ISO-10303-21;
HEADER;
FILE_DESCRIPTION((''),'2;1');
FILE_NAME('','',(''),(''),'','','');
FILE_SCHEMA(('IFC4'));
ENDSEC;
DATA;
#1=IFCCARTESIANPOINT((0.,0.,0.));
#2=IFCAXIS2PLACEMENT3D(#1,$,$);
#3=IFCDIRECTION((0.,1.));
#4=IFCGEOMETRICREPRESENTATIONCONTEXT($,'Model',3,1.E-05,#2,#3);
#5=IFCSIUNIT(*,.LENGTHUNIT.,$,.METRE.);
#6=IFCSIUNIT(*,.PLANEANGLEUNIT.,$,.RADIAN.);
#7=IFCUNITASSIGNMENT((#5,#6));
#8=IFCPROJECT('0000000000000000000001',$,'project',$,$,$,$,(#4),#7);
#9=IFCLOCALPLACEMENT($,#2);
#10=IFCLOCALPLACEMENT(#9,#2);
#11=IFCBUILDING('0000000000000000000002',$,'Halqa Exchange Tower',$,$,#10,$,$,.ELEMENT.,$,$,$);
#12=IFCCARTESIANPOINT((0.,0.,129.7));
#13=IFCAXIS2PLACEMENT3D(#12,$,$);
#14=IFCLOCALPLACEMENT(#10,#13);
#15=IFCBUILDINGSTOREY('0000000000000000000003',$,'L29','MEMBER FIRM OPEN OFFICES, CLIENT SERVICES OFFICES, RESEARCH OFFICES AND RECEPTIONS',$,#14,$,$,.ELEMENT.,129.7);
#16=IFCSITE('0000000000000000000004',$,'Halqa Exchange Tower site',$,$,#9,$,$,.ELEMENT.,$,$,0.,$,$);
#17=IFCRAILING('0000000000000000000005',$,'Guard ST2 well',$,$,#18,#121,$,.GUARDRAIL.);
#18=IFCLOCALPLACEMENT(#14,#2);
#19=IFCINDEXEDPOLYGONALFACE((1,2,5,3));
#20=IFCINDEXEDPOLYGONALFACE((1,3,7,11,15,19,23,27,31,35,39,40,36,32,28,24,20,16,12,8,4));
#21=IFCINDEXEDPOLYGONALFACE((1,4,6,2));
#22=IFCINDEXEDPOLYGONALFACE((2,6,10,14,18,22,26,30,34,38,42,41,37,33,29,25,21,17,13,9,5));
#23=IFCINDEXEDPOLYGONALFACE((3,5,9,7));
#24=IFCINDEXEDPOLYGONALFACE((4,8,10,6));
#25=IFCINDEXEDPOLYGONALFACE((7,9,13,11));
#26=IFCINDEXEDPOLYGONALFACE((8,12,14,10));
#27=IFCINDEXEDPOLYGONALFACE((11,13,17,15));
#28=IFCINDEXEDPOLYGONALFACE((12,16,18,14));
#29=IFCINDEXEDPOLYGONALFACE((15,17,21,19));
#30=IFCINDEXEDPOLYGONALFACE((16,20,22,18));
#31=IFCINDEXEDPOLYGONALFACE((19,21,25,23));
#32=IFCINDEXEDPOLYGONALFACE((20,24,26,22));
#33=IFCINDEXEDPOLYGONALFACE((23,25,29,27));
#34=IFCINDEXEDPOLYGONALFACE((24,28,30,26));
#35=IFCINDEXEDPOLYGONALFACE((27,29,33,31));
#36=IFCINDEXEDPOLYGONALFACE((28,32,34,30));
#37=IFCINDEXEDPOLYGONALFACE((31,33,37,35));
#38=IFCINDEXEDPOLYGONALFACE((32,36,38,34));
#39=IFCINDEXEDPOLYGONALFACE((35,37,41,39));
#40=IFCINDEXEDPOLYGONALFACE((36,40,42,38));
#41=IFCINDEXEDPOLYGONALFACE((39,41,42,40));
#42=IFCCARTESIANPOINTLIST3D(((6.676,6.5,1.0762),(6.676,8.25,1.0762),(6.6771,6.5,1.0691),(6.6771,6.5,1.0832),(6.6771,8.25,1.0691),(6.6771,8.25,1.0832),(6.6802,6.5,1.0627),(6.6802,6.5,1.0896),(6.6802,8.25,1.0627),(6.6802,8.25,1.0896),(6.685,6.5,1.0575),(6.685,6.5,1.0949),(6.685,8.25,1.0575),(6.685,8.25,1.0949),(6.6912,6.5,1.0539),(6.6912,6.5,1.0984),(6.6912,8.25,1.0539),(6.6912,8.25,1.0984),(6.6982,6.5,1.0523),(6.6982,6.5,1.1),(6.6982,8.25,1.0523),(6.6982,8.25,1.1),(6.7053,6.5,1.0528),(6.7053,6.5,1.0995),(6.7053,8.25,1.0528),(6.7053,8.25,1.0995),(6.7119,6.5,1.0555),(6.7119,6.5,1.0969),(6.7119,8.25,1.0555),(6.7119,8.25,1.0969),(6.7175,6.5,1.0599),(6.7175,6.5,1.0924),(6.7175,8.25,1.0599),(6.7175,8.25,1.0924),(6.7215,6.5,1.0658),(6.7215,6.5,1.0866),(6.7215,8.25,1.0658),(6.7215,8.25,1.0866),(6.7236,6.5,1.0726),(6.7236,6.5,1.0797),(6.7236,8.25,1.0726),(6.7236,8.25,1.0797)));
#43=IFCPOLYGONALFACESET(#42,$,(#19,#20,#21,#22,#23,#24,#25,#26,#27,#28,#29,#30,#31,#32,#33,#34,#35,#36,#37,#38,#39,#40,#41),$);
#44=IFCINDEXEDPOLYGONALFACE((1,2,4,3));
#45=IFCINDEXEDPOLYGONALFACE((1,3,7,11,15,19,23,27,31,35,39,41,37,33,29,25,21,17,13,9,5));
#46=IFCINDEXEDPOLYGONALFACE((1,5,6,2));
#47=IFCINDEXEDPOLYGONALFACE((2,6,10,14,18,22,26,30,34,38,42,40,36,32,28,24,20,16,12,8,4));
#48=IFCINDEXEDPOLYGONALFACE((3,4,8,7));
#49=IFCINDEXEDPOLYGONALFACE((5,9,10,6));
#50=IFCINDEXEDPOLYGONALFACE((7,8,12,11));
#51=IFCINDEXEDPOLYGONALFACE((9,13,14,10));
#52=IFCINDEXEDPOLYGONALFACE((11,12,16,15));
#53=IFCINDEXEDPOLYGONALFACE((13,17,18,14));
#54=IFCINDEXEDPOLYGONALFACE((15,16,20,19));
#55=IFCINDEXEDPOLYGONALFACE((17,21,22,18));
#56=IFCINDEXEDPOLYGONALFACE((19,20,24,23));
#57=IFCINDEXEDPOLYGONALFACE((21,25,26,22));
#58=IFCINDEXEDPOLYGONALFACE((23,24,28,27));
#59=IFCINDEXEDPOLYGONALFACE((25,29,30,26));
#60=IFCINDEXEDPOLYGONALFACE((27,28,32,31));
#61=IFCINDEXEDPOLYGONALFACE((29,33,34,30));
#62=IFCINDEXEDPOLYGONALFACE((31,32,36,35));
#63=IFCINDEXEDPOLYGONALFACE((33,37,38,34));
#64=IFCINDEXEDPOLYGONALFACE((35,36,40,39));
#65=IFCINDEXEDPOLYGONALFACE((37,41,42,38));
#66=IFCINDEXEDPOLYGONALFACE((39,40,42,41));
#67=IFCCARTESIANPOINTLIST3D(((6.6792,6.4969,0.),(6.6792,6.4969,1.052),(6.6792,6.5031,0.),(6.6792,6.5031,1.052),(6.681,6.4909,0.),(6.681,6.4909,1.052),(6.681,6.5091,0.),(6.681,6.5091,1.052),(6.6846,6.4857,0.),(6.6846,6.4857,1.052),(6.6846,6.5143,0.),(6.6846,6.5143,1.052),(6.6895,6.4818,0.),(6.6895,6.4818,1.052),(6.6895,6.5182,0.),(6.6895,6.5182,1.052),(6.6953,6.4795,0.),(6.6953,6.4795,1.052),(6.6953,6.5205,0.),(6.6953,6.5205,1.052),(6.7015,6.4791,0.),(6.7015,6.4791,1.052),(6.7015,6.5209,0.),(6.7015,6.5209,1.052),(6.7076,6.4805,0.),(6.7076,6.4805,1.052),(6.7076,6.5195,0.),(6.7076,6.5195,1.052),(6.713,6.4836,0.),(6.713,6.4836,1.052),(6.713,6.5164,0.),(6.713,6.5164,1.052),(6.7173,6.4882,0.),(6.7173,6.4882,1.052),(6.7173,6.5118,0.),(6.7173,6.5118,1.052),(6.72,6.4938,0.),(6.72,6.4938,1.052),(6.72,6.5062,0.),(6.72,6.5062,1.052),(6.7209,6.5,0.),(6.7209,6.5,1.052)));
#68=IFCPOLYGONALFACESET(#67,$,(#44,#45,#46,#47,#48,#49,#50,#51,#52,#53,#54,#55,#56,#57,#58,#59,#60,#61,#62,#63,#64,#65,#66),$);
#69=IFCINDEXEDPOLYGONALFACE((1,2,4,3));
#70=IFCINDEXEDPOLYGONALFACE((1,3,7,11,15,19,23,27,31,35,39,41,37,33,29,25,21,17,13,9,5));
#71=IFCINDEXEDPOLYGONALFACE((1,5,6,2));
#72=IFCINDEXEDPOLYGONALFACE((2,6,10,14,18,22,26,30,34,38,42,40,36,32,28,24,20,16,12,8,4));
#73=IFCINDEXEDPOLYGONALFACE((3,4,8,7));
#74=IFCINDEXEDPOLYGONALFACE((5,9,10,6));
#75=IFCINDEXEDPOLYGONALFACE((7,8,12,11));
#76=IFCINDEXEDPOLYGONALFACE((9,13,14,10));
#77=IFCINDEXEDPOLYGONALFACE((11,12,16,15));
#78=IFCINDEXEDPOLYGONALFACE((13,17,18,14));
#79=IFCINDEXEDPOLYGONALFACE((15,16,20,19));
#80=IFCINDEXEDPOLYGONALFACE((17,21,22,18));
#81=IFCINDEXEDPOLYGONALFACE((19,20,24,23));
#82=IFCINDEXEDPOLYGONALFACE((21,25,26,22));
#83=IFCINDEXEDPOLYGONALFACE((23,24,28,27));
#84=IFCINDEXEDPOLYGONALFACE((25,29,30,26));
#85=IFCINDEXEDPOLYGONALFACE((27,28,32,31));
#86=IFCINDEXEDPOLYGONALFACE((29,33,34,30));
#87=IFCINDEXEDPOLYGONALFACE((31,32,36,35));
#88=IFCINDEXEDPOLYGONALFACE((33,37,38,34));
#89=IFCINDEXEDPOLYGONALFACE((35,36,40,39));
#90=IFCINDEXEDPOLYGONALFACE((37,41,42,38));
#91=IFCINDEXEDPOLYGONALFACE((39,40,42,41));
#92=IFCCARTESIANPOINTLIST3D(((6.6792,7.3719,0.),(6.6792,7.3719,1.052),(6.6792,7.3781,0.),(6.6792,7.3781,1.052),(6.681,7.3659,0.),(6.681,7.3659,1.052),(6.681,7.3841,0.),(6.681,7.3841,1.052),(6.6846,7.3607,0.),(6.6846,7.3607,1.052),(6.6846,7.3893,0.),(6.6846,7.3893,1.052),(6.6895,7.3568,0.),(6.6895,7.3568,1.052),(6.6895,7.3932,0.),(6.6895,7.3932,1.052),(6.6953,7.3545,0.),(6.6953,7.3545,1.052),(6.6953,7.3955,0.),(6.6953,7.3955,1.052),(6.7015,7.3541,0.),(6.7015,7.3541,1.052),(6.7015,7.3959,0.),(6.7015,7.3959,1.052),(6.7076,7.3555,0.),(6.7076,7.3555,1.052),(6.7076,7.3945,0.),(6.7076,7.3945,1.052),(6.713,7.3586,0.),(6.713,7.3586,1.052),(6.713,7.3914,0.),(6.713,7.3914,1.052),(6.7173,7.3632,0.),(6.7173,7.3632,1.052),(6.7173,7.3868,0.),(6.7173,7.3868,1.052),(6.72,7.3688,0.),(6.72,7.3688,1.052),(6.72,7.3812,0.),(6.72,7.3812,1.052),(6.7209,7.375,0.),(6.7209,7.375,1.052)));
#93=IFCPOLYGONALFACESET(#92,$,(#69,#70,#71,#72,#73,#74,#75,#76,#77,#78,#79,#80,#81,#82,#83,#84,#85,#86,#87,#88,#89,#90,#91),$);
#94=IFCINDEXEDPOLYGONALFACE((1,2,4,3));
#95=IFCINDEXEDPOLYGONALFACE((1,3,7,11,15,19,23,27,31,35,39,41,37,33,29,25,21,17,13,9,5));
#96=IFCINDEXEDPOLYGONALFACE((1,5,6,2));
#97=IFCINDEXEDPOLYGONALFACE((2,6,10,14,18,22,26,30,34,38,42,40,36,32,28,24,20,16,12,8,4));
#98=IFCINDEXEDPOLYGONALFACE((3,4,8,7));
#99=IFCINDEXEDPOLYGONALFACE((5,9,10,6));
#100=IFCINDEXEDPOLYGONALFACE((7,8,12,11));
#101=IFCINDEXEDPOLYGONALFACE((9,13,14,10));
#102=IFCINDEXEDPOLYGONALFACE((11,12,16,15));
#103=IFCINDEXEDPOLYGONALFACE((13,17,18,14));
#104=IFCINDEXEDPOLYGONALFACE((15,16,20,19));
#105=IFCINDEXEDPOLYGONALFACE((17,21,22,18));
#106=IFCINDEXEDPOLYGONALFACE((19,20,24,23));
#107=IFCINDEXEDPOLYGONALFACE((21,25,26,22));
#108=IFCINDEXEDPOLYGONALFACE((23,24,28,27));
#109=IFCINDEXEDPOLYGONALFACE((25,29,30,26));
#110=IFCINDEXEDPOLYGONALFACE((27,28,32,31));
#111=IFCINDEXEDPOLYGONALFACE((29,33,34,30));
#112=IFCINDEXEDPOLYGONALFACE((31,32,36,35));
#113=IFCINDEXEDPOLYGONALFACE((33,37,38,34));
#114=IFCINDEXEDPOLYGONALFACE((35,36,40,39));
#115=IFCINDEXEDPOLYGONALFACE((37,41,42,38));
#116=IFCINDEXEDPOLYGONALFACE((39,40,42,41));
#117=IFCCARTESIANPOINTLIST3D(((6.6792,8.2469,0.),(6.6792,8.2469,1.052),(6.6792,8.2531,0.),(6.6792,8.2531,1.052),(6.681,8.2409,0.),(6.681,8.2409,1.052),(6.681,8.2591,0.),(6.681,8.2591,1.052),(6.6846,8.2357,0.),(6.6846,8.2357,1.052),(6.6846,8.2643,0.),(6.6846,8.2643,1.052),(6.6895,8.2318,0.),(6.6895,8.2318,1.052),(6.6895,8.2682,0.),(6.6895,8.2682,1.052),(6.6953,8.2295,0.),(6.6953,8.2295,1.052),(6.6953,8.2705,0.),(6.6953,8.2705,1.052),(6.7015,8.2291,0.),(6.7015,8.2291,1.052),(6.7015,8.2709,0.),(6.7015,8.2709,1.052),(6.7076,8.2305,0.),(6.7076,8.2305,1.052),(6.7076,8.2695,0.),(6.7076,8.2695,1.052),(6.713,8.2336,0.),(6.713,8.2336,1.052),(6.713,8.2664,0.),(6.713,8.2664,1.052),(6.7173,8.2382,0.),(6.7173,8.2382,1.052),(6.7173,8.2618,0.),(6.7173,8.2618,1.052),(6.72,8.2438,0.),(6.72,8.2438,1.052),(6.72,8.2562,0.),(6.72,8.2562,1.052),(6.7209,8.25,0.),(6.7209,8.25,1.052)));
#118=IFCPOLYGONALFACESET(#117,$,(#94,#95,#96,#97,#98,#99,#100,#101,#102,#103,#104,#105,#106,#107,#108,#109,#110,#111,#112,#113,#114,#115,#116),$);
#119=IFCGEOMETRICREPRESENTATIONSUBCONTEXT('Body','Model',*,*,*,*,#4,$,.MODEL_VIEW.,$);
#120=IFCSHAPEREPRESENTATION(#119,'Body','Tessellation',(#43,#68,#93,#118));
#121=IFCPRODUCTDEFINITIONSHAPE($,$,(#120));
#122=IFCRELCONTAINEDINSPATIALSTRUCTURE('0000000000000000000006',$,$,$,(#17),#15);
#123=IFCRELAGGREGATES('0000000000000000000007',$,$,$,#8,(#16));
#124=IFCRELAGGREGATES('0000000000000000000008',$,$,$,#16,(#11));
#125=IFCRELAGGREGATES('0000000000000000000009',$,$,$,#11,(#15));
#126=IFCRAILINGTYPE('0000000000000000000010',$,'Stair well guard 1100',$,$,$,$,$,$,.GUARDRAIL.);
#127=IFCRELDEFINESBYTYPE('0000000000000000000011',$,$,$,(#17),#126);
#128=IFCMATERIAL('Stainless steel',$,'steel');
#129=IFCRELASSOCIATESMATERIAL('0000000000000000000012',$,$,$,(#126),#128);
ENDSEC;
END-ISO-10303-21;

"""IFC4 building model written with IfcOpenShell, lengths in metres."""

from ifc_helpers import new_model, si_unit, direction, frame, origin, origin_2d, place, context, subcontext, project, spatial, circle, extrude, material, type_object, element, save


model = new_model("IFC4")

# Units and contexts
model_context = context("Model", 3, precision=1e-05, world=origin(), true_north=direction((0.0, 1.0)))
body_context = subcontext(model_context, "Body", "Model", "MODEL_VIEW")
ifc_project = project(units=[si_unit("LENGTHUNIT", "METRE"), si_unit("PLANEANGLEUNIT", "RADIAN")], contexts=[model_context])

# Site, building, storey
site_placement = place(None, origin())
site = spatial("IfcSite", under=ifc_project, at=site_placement, Name="Halqa Exchange Tower site", CompositionType="ELEMENT", RefElevation=0.0)
building_placement = place(site_placement, origin())
building = spatial("IfcBuilding", under=site, at=building_placement, Name="Halqa Exchange Tower", CompositionType="ELEMENT")
storey_placement = place(building_placement, frame((0.0, 0.0, 129.7)))
storey = spatial("IfcBuildingStorey", under=building, at=storey_placement, Name="L29", Description="MEMBER FIRM OPEN OFFICES, CLIENT SERVICES OFFICES, RESEARCH OFFICES AND RECEPTIONS", CompositionType="ELEMENT", Elevation=129.7)

# Railing
ifc_material_1 = material(Name="Stainless steel", Category="steel")
railing_type_1 = type_object("IfcRailingType", Name="Stair well guard 1100", PredefinedType="GUARDRAIL", material=ifc_material_1)
railing_1_placement = place(storey_placement, frame((6.7, 6.5, 0.0)))
element("IfcRailing", 1, at=railing_1_placement, inside=storey, type_object=railing_type_1, Name="Guard ST2 well", PredefinedType="GUARDRAIL", context=body_context, shape_type="SweptSolid", body=[
    extrude(circle(Radius=0.0239, at=origin_2d()), frame((0.0, 0.0, 1.0762), z_axis=(0.0, 1.0, 0.0), x_axis=(-1.0, 0.0, 0.0)), (0.0, 0.0, 1.0), 1.75),
    extrude(circle(Radius=0.021, at=origin_2d()), origin(), (0.0, 0.0, 1.0), 1.052),
    extrude(circle(Radius=0.021, at=origin_2d()), frame((0.0, 0.875, 0.0)), (0.0, 0.0, 1.0), 1.052),
    extrude(circle(Radius=0.021, at=origin_2d()), frame((0.0, 1.75, 0.0)), (0.0, 0.0, 1.0), 1.052),
])

save(model, "model.ifc")
